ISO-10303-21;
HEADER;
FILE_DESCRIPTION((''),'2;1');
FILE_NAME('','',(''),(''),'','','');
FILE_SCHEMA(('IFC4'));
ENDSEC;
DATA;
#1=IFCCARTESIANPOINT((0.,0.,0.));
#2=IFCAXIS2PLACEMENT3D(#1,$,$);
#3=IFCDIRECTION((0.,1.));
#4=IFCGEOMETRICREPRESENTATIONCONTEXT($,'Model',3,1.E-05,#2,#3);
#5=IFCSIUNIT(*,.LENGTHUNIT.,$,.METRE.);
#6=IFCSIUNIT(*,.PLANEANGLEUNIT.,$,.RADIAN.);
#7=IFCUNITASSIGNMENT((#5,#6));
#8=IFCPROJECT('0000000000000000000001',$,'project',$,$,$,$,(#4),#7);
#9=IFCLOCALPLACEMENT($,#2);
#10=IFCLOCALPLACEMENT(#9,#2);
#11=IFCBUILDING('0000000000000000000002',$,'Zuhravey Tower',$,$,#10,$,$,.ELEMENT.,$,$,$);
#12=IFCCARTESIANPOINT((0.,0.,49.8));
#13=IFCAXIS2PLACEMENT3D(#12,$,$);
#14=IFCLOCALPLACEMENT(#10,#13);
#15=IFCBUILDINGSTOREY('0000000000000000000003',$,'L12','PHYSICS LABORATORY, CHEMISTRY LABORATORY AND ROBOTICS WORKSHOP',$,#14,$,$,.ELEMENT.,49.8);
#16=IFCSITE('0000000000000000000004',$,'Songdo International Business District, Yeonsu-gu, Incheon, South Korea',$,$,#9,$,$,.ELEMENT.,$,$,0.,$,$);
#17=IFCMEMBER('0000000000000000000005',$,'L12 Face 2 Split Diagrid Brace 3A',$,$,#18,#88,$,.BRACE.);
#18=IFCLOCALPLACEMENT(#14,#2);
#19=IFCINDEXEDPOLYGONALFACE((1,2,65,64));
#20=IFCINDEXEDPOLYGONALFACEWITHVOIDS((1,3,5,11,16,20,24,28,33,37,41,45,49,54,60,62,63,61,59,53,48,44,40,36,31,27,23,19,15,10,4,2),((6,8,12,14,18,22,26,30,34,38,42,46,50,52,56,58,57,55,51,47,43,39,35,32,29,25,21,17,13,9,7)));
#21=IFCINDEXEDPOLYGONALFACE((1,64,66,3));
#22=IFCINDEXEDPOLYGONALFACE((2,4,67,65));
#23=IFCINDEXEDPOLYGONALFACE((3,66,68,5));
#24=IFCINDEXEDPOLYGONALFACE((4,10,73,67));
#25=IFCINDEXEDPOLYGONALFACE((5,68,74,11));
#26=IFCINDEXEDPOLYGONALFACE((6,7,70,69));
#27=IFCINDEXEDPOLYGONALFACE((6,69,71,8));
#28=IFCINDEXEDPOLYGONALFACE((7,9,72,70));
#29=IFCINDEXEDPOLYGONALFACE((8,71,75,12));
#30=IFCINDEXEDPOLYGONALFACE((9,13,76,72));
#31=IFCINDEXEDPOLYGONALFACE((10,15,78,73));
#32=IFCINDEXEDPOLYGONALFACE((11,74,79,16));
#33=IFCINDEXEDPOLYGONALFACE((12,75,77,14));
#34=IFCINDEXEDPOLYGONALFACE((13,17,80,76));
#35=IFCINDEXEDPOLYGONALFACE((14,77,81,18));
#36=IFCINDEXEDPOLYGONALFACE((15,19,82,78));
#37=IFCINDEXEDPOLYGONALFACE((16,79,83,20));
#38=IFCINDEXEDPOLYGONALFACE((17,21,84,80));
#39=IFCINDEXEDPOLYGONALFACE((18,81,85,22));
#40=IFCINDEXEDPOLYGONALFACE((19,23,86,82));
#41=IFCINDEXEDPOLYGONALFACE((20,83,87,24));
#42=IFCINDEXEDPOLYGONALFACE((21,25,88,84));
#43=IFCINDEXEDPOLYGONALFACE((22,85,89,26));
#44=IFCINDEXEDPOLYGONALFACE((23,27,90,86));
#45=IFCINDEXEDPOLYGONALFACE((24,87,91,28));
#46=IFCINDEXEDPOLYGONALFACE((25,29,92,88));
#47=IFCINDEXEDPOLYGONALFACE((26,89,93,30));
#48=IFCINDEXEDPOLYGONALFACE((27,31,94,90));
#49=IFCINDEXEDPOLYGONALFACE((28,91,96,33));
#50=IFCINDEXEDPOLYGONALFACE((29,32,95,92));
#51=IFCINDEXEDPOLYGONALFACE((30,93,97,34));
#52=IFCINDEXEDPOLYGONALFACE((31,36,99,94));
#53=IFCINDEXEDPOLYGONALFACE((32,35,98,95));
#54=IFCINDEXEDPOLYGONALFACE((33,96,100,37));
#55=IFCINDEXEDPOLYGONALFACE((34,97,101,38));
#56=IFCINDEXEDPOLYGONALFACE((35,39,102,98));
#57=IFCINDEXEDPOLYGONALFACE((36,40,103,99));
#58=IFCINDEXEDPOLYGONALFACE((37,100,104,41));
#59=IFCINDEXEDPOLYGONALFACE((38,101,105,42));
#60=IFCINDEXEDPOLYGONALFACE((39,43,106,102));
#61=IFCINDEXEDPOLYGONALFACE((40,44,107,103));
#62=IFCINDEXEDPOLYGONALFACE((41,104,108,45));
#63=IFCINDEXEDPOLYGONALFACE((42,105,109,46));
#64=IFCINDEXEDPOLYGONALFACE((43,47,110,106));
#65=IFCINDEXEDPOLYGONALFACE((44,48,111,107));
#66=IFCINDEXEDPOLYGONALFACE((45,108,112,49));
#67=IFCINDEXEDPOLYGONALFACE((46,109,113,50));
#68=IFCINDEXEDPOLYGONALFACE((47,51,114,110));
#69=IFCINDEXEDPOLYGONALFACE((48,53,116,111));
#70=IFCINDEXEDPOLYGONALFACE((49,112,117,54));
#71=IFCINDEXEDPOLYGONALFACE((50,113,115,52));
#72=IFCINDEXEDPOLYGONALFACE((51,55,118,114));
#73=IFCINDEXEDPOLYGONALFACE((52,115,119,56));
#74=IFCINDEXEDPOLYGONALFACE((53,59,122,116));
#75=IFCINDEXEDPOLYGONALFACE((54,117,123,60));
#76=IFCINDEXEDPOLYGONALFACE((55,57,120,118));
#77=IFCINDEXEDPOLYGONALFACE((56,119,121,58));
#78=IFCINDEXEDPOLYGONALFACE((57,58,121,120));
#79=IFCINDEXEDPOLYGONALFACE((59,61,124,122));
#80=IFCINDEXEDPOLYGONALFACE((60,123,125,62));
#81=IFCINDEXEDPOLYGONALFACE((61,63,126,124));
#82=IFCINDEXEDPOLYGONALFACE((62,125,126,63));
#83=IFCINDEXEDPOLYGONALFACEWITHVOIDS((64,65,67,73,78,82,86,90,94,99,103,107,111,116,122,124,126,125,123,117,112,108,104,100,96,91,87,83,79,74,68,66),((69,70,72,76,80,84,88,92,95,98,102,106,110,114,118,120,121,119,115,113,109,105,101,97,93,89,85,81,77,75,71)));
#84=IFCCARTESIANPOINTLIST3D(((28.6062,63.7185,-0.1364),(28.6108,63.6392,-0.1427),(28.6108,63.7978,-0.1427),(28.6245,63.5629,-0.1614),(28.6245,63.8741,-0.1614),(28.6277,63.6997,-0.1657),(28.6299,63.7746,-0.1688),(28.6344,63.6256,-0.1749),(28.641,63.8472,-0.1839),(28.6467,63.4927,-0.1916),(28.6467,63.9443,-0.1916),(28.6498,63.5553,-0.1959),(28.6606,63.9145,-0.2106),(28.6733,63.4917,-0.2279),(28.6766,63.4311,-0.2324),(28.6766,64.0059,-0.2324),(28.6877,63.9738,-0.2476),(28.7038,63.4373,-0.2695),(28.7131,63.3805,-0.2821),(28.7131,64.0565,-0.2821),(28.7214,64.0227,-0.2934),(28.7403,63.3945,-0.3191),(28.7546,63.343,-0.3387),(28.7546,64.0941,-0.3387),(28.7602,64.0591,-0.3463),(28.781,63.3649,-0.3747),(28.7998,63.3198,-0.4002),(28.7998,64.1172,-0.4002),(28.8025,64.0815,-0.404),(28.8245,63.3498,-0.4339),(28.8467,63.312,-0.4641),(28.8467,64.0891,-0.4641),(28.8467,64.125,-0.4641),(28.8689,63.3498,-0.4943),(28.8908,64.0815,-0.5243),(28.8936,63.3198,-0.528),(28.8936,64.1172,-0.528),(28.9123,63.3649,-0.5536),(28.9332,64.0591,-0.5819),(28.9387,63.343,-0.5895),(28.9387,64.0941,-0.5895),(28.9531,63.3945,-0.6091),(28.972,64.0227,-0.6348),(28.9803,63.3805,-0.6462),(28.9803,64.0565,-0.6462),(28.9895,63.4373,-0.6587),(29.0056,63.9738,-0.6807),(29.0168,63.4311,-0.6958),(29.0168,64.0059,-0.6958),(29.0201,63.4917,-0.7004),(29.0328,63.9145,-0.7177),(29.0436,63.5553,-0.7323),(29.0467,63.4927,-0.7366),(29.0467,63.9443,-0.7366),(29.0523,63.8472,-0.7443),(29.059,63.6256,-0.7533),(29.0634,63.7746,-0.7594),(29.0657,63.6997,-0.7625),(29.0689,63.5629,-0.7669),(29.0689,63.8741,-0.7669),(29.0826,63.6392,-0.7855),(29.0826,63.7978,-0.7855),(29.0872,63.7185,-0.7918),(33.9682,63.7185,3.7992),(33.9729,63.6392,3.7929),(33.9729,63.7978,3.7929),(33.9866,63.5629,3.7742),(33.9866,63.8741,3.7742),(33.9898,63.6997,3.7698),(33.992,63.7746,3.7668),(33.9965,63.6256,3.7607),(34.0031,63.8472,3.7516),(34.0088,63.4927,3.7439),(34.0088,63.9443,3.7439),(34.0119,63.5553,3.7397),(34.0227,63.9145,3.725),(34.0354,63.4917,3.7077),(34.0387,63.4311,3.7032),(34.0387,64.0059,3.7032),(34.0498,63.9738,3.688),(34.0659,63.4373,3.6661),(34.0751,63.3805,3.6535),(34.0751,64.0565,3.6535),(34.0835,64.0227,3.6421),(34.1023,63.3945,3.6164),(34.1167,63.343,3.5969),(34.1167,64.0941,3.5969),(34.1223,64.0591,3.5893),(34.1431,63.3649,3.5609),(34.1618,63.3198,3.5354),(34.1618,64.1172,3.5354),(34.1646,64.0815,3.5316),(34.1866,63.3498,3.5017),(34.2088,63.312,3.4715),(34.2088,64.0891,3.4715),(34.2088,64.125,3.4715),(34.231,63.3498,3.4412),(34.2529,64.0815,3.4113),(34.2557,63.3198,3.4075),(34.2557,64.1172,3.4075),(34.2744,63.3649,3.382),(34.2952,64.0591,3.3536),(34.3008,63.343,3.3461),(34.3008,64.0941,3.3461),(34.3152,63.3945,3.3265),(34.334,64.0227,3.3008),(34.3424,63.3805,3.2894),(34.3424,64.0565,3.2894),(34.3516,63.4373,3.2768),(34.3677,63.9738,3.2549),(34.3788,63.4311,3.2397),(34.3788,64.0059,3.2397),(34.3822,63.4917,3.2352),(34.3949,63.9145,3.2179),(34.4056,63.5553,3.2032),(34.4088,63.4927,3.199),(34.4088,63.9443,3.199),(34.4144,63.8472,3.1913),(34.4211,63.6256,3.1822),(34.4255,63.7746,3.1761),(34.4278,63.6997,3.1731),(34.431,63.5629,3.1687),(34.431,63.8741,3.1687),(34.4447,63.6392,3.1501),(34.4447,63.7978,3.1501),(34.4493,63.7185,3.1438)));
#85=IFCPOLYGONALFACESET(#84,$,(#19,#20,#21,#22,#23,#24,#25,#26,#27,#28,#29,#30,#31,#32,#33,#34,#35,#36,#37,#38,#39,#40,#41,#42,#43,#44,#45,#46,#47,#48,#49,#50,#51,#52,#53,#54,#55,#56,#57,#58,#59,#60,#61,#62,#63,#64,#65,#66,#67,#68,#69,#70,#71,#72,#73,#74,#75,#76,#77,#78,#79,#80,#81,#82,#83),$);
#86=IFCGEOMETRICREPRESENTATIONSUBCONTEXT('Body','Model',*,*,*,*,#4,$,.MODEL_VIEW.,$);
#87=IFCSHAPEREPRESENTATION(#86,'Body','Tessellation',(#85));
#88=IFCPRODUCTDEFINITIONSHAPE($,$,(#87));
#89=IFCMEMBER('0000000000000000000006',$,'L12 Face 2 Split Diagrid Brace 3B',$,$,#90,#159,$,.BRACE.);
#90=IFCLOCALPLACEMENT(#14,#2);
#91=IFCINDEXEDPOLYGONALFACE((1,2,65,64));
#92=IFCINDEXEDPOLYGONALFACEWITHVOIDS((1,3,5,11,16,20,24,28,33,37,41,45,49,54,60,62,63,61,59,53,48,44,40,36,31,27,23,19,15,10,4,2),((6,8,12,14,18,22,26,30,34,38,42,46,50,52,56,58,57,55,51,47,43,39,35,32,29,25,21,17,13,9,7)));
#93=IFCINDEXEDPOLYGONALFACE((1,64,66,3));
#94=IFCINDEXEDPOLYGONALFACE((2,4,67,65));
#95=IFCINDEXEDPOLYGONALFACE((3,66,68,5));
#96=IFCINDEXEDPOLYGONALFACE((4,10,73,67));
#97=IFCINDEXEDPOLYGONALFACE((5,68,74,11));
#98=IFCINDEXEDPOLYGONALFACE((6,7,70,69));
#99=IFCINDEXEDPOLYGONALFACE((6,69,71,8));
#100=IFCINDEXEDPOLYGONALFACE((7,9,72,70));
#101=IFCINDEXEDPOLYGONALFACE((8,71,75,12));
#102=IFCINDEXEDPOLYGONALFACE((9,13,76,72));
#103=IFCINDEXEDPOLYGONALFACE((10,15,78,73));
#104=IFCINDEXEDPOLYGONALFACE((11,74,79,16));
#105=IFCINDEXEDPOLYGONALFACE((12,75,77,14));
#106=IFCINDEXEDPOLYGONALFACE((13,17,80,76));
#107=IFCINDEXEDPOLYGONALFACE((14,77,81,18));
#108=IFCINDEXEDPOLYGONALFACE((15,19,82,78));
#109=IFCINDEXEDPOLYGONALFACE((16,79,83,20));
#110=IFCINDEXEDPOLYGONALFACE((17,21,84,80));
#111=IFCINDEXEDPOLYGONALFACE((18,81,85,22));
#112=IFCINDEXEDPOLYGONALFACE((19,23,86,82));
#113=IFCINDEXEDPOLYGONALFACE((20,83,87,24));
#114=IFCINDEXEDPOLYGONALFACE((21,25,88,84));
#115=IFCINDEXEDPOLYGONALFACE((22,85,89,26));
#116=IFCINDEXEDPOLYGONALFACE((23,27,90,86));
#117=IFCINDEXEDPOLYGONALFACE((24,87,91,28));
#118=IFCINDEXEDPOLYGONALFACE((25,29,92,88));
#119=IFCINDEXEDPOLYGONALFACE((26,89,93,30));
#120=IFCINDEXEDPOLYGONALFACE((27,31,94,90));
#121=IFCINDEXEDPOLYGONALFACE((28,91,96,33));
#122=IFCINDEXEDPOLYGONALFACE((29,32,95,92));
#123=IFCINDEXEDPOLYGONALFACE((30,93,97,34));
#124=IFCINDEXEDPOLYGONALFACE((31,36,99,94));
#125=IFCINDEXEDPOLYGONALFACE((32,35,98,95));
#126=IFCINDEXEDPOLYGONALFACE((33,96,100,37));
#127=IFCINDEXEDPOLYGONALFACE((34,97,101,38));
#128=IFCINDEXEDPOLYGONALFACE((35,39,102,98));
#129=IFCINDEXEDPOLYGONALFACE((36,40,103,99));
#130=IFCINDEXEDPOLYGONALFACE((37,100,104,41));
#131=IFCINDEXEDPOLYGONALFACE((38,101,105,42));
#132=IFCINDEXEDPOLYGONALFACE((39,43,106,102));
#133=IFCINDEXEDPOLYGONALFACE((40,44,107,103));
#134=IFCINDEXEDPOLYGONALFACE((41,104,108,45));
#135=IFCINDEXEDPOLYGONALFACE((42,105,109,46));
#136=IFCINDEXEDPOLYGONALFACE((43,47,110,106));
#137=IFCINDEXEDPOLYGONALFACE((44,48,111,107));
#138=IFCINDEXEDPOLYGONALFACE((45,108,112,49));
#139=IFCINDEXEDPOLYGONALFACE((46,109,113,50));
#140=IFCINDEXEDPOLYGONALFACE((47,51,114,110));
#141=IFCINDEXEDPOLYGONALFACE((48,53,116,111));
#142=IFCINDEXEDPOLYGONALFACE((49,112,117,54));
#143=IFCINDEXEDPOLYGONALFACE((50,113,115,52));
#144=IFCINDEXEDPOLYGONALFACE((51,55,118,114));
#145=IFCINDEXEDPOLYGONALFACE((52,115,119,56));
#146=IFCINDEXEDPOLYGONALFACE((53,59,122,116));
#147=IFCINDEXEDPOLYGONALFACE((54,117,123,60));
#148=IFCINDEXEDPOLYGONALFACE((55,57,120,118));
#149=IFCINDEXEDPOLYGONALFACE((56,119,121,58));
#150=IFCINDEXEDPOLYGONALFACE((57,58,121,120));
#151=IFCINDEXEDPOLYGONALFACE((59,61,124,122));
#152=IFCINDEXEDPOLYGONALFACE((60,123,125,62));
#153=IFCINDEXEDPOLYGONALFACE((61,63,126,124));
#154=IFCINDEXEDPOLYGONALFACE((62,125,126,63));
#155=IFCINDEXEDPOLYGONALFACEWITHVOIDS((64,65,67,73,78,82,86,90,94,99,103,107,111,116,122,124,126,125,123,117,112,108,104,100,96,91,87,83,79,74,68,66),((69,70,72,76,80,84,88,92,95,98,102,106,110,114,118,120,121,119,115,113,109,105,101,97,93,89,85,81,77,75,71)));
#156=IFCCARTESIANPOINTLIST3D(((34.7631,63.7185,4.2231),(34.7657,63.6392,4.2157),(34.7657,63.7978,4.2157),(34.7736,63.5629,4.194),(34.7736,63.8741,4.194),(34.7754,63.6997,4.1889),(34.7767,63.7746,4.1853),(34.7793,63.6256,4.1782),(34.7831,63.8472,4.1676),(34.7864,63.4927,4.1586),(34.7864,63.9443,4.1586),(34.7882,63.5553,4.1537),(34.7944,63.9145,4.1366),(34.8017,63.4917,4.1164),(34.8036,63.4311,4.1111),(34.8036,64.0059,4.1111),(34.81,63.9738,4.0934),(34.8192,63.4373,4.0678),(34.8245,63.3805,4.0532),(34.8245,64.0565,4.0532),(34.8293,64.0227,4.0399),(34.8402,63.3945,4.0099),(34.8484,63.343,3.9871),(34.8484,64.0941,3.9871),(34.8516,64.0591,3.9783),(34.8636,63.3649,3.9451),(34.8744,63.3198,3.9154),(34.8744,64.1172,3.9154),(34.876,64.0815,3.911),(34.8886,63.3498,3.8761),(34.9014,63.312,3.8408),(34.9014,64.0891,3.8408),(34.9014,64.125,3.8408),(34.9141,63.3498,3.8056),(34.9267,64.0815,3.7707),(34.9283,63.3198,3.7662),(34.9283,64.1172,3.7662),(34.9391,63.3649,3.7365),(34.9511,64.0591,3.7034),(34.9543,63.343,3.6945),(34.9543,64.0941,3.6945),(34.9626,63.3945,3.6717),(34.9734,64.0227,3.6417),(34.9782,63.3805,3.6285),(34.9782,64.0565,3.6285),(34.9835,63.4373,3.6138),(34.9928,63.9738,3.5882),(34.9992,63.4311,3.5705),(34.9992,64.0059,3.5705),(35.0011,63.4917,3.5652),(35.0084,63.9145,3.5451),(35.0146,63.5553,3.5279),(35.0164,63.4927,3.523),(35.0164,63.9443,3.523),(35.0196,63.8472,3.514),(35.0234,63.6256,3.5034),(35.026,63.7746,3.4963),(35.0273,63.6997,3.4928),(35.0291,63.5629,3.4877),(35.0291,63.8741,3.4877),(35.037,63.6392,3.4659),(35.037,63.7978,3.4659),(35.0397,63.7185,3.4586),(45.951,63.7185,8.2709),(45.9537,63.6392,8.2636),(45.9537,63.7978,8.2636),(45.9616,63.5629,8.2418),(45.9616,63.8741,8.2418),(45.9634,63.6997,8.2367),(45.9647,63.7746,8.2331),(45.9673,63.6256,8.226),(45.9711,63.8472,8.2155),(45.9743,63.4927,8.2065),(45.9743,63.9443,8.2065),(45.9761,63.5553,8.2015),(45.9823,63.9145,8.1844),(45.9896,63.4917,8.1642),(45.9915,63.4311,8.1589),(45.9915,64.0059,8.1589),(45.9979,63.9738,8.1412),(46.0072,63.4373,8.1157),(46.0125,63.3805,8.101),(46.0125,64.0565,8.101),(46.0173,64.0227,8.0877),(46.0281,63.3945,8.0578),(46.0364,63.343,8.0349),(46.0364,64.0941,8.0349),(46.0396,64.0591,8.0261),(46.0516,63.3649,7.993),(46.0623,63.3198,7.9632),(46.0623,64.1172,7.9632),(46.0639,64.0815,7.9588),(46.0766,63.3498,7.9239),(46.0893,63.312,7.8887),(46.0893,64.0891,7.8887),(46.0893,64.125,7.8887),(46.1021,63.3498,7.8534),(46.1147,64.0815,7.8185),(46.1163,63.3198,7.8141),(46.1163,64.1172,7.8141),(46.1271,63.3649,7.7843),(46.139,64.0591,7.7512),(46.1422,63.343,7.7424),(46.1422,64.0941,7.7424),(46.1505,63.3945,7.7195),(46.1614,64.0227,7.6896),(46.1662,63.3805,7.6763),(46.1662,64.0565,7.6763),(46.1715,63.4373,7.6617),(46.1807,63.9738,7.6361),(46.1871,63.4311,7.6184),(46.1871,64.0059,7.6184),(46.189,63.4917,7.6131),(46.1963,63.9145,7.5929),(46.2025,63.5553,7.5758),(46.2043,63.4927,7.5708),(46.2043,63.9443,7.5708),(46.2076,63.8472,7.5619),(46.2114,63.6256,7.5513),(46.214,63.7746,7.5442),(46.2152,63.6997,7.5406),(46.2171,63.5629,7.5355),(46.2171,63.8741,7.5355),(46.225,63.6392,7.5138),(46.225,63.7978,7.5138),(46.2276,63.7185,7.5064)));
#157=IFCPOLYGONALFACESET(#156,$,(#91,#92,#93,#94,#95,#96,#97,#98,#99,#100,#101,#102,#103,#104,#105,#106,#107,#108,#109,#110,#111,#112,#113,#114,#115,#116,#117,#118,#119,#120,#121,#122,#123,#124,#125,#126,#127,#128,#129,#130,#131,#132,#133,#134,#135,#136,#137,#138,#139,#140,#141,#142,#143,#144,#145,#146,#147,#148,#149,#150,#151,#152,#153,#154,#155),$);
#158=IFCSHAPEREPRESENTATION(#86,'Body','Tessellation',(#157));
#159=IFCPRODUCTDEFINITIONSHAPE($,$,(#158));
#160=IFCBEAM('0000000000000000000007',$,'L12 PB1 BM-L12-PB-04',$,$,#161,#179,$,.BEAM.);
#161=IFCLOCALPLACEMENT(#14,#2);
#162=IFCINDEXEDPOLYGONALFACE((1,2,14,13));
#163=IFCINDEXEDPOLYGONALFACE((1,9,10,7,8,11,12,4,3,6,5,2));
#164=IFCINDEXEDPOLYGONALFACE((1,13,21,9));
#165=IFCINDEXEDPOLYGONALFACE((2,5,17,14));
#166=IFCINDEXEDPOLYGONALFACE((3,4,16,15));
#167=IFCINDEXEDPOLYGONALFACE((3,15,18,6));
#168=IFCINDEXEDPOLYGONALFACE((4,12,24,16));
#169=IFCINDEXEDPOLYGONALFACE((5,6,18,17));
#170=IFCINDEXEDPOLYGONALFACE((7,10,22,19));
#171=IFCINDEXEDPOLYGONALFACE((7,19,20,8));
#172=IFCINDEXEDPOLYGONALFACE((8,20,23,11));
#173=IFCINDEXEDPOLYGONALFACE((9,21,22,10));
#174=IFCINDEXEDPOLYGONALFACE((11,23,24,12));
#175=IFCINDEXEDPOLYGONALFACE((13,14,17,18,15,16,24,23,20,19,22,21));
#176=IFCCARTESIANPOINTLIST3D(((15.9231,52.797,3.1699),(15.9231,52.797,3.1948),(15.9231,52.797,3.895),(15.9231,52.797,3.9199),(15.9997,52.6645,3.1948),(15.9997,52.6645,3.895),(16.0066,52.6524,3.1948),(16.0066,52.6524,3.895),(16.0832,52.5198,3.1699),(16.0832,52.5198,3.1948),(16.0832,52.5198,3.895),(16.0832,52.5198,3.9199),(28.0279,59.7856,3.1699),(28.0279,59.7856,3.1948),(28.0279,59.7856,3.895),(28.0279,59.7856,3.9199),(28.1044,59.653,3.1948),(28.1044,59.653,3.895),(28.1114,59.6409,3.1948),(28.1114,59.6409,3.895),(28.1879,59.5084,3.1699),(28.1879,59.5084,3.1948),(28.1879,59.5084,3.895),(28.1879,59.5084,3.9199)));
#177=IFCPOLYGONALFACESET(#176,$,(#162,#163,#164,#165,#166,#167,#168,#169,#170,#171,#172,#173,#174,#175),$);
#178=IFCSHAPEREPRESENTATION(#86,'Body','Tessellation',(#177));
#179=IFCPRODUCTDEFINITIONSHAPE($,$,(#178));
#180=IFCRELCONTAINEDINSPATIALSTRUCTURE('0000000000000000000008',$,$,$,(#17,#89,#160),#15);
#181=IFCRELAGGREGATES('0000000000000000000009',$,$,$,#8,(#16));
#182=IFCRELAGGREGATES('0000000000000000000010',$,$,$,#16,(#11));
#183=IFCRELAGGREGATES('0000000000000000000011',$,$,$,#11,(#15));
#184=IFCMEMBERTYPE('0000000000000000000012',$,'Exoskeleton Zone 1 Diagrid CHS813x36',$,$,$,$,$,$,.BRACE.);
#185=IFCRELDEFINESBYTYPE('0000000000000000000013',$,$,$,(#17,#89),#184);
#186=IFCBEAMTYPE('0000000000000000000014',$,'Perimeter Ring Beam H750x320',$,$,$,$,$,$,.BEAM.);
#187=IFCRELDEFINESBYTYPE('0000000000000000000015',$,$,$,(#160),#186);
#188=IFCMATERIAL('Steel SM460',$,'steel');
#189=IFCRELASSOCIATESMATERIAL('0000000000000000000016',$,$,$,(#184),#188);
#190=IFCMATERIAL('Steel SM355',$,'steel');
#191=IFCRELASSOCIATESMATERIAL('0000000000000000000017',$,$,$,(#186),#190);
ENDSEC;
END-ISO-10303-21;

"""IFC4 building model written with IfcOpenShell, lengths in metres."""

from ifc_helpers import new_model, si_unit, direction, frame, origin, origin_2d, place, context, subcontext, project, spatial, hollow_circle, i_section, extrude, material, material_profile, profile_set, type_object, element, save


model = new_model("IFC4")

# Units and contexts
model_context = context("Model", 3, precision=1e-05, world=origin(), true_north=direction((0.0, 1.0)))
body_context = subcontext(model_context, "Body", "Model", "MODEL_VIEW")
ifc_project = project(units=[si_unit("LENGTHUNIT", "METRE"), si_unit("PLANEANGLEUNIT", "RADIAN")], contexts=[model_context])

# Site, building, storey
site_placement = place(None, origin())
site = spatial("IfcSite", under=ifc_project, at=site_placement, Name="Songdo International Business District, Yeonsu-gu, Incheon, South Korea", CompositionType="ELEMENT", RefElevation=0.0)
building_placement = place(site_placement, origin())
building = spatial("IfcBuilding", under=site, at=building_placement, Name="Zuhravey Tower", CompositionType="ELEMENT")
storey_placement = place(building_placement, frame((0.0, 0.0, 49.8)))
storey = spatial("IfcBuildingStorey", under=building, at=storey_placement, Name="L12", Description="PHYSICS LABORATORY, CHEMISTRY LABORATORY AND ROBOTICS WORKSHOP", CompositionType="ELEMENT", Elevation=49.8)

# Members
ifc_material_1 = material(Name="Steel SM460", Category="steel")
ifc_material_profile_1 = material_profile(ifc_material_1, hollow_circle(Radius=0.4065, WallThickness=0.0359, at=origin_2d()), Name="CHS-812.8x36")
ifc_profile_set_1 = profile_set([ifc_material_profile_1], Name="Steel SM460")
member_type_1 = type_object("IfcMemberType", Name="Exoskeleton Zone 1 Diagrid CHS813x36", PredefinedType="BRACE", material=ifc_profile_set_1)
member_1_placement = place(storey_placement, frame((28.8467, 63.7185, -0.4641), z_axis=(0.806163, 0.0, 0.591693), x_axis=(0.0, 1.0, 0.0)))
element("IfcMember", 1, at=member_1_placement, inside=storey, type_object=member_type_1, Name="L12 Face 2 Split Diagrid Brace 3A", PredefinedType="BRACE", context=body_context, shape_type="SweptSolid", body=[
    extrude(hollow_circle(Radius=0.4065, WallThickness=0.0359, at=origin_2d()), origin(), (0.0, 0.0, 1.0), 6.6514),
])
member_2_placement = place(storey_placement, frame((34.9014, 63.7185, 3.8408), z_axis=(0.940346, 0.0, 0.34022), x_axis=(0.0, 1.0, 0.0)))
element("IfcMember", 2, at=member_2_placement, inside=storey, type_object=member_type_1, Name="L12 Face 2 Split Diagrid Brace 3B", PredefinedType="BRACE", context=body_context, shape_type="SweptSolid", body=[
    extrude(hollow_circle(Radius=0.4065, WallThickness=0.0359, at=origin_2d()), origin(), (0.0, 0.0, 1.0), 11.8977),
])

# Beam
ifc_material_2 = material(Name="Steel SM355", Category="steel")
ifc_material_profile_2 = material_profile(ifc_material_2, i_section(OverallWidth=0.3201, OverallDepth=0.75, WebThickness=0.0139, FlangeThickness=0.0249, at=origin_2d()), Name="H-750x320x14x25")
ifc_profile_set_2 = profile_set([ifc_material_profile_2], Name="Steel SM355")
beam_type_1 = type_object("IfcBeamType", Name="Perimeter Ring Beam H750x320", PredefinedType="BEAM", material=ifc_profile_set_2)
beam_1_placement = place(storey_placement, frame((28.1079, 59.647, 3.5449), z_axis=(-0.86603, -0.499992, 0.0), x_axis=(0.499992, -0.86603, 0.0)))
element("IfcBeam", 3, at=beam_1_placement, inside=storey, type_object=beam_type_1, Name="L12 PB1 BM-L12-PB-04", PredefinedType="BEAM", context=body_context, shape_type="SweptSolid", body=[
    extrude(i_section(OverallWidth=0.3201, OverallDepth=0.75, WebThickness=0.0139, FlangeThickness=0.0249, at=origin_2d()), origin(), (0.0, 0.0, 1.0), 13.9773),
])

save(model, "model.ifc")
